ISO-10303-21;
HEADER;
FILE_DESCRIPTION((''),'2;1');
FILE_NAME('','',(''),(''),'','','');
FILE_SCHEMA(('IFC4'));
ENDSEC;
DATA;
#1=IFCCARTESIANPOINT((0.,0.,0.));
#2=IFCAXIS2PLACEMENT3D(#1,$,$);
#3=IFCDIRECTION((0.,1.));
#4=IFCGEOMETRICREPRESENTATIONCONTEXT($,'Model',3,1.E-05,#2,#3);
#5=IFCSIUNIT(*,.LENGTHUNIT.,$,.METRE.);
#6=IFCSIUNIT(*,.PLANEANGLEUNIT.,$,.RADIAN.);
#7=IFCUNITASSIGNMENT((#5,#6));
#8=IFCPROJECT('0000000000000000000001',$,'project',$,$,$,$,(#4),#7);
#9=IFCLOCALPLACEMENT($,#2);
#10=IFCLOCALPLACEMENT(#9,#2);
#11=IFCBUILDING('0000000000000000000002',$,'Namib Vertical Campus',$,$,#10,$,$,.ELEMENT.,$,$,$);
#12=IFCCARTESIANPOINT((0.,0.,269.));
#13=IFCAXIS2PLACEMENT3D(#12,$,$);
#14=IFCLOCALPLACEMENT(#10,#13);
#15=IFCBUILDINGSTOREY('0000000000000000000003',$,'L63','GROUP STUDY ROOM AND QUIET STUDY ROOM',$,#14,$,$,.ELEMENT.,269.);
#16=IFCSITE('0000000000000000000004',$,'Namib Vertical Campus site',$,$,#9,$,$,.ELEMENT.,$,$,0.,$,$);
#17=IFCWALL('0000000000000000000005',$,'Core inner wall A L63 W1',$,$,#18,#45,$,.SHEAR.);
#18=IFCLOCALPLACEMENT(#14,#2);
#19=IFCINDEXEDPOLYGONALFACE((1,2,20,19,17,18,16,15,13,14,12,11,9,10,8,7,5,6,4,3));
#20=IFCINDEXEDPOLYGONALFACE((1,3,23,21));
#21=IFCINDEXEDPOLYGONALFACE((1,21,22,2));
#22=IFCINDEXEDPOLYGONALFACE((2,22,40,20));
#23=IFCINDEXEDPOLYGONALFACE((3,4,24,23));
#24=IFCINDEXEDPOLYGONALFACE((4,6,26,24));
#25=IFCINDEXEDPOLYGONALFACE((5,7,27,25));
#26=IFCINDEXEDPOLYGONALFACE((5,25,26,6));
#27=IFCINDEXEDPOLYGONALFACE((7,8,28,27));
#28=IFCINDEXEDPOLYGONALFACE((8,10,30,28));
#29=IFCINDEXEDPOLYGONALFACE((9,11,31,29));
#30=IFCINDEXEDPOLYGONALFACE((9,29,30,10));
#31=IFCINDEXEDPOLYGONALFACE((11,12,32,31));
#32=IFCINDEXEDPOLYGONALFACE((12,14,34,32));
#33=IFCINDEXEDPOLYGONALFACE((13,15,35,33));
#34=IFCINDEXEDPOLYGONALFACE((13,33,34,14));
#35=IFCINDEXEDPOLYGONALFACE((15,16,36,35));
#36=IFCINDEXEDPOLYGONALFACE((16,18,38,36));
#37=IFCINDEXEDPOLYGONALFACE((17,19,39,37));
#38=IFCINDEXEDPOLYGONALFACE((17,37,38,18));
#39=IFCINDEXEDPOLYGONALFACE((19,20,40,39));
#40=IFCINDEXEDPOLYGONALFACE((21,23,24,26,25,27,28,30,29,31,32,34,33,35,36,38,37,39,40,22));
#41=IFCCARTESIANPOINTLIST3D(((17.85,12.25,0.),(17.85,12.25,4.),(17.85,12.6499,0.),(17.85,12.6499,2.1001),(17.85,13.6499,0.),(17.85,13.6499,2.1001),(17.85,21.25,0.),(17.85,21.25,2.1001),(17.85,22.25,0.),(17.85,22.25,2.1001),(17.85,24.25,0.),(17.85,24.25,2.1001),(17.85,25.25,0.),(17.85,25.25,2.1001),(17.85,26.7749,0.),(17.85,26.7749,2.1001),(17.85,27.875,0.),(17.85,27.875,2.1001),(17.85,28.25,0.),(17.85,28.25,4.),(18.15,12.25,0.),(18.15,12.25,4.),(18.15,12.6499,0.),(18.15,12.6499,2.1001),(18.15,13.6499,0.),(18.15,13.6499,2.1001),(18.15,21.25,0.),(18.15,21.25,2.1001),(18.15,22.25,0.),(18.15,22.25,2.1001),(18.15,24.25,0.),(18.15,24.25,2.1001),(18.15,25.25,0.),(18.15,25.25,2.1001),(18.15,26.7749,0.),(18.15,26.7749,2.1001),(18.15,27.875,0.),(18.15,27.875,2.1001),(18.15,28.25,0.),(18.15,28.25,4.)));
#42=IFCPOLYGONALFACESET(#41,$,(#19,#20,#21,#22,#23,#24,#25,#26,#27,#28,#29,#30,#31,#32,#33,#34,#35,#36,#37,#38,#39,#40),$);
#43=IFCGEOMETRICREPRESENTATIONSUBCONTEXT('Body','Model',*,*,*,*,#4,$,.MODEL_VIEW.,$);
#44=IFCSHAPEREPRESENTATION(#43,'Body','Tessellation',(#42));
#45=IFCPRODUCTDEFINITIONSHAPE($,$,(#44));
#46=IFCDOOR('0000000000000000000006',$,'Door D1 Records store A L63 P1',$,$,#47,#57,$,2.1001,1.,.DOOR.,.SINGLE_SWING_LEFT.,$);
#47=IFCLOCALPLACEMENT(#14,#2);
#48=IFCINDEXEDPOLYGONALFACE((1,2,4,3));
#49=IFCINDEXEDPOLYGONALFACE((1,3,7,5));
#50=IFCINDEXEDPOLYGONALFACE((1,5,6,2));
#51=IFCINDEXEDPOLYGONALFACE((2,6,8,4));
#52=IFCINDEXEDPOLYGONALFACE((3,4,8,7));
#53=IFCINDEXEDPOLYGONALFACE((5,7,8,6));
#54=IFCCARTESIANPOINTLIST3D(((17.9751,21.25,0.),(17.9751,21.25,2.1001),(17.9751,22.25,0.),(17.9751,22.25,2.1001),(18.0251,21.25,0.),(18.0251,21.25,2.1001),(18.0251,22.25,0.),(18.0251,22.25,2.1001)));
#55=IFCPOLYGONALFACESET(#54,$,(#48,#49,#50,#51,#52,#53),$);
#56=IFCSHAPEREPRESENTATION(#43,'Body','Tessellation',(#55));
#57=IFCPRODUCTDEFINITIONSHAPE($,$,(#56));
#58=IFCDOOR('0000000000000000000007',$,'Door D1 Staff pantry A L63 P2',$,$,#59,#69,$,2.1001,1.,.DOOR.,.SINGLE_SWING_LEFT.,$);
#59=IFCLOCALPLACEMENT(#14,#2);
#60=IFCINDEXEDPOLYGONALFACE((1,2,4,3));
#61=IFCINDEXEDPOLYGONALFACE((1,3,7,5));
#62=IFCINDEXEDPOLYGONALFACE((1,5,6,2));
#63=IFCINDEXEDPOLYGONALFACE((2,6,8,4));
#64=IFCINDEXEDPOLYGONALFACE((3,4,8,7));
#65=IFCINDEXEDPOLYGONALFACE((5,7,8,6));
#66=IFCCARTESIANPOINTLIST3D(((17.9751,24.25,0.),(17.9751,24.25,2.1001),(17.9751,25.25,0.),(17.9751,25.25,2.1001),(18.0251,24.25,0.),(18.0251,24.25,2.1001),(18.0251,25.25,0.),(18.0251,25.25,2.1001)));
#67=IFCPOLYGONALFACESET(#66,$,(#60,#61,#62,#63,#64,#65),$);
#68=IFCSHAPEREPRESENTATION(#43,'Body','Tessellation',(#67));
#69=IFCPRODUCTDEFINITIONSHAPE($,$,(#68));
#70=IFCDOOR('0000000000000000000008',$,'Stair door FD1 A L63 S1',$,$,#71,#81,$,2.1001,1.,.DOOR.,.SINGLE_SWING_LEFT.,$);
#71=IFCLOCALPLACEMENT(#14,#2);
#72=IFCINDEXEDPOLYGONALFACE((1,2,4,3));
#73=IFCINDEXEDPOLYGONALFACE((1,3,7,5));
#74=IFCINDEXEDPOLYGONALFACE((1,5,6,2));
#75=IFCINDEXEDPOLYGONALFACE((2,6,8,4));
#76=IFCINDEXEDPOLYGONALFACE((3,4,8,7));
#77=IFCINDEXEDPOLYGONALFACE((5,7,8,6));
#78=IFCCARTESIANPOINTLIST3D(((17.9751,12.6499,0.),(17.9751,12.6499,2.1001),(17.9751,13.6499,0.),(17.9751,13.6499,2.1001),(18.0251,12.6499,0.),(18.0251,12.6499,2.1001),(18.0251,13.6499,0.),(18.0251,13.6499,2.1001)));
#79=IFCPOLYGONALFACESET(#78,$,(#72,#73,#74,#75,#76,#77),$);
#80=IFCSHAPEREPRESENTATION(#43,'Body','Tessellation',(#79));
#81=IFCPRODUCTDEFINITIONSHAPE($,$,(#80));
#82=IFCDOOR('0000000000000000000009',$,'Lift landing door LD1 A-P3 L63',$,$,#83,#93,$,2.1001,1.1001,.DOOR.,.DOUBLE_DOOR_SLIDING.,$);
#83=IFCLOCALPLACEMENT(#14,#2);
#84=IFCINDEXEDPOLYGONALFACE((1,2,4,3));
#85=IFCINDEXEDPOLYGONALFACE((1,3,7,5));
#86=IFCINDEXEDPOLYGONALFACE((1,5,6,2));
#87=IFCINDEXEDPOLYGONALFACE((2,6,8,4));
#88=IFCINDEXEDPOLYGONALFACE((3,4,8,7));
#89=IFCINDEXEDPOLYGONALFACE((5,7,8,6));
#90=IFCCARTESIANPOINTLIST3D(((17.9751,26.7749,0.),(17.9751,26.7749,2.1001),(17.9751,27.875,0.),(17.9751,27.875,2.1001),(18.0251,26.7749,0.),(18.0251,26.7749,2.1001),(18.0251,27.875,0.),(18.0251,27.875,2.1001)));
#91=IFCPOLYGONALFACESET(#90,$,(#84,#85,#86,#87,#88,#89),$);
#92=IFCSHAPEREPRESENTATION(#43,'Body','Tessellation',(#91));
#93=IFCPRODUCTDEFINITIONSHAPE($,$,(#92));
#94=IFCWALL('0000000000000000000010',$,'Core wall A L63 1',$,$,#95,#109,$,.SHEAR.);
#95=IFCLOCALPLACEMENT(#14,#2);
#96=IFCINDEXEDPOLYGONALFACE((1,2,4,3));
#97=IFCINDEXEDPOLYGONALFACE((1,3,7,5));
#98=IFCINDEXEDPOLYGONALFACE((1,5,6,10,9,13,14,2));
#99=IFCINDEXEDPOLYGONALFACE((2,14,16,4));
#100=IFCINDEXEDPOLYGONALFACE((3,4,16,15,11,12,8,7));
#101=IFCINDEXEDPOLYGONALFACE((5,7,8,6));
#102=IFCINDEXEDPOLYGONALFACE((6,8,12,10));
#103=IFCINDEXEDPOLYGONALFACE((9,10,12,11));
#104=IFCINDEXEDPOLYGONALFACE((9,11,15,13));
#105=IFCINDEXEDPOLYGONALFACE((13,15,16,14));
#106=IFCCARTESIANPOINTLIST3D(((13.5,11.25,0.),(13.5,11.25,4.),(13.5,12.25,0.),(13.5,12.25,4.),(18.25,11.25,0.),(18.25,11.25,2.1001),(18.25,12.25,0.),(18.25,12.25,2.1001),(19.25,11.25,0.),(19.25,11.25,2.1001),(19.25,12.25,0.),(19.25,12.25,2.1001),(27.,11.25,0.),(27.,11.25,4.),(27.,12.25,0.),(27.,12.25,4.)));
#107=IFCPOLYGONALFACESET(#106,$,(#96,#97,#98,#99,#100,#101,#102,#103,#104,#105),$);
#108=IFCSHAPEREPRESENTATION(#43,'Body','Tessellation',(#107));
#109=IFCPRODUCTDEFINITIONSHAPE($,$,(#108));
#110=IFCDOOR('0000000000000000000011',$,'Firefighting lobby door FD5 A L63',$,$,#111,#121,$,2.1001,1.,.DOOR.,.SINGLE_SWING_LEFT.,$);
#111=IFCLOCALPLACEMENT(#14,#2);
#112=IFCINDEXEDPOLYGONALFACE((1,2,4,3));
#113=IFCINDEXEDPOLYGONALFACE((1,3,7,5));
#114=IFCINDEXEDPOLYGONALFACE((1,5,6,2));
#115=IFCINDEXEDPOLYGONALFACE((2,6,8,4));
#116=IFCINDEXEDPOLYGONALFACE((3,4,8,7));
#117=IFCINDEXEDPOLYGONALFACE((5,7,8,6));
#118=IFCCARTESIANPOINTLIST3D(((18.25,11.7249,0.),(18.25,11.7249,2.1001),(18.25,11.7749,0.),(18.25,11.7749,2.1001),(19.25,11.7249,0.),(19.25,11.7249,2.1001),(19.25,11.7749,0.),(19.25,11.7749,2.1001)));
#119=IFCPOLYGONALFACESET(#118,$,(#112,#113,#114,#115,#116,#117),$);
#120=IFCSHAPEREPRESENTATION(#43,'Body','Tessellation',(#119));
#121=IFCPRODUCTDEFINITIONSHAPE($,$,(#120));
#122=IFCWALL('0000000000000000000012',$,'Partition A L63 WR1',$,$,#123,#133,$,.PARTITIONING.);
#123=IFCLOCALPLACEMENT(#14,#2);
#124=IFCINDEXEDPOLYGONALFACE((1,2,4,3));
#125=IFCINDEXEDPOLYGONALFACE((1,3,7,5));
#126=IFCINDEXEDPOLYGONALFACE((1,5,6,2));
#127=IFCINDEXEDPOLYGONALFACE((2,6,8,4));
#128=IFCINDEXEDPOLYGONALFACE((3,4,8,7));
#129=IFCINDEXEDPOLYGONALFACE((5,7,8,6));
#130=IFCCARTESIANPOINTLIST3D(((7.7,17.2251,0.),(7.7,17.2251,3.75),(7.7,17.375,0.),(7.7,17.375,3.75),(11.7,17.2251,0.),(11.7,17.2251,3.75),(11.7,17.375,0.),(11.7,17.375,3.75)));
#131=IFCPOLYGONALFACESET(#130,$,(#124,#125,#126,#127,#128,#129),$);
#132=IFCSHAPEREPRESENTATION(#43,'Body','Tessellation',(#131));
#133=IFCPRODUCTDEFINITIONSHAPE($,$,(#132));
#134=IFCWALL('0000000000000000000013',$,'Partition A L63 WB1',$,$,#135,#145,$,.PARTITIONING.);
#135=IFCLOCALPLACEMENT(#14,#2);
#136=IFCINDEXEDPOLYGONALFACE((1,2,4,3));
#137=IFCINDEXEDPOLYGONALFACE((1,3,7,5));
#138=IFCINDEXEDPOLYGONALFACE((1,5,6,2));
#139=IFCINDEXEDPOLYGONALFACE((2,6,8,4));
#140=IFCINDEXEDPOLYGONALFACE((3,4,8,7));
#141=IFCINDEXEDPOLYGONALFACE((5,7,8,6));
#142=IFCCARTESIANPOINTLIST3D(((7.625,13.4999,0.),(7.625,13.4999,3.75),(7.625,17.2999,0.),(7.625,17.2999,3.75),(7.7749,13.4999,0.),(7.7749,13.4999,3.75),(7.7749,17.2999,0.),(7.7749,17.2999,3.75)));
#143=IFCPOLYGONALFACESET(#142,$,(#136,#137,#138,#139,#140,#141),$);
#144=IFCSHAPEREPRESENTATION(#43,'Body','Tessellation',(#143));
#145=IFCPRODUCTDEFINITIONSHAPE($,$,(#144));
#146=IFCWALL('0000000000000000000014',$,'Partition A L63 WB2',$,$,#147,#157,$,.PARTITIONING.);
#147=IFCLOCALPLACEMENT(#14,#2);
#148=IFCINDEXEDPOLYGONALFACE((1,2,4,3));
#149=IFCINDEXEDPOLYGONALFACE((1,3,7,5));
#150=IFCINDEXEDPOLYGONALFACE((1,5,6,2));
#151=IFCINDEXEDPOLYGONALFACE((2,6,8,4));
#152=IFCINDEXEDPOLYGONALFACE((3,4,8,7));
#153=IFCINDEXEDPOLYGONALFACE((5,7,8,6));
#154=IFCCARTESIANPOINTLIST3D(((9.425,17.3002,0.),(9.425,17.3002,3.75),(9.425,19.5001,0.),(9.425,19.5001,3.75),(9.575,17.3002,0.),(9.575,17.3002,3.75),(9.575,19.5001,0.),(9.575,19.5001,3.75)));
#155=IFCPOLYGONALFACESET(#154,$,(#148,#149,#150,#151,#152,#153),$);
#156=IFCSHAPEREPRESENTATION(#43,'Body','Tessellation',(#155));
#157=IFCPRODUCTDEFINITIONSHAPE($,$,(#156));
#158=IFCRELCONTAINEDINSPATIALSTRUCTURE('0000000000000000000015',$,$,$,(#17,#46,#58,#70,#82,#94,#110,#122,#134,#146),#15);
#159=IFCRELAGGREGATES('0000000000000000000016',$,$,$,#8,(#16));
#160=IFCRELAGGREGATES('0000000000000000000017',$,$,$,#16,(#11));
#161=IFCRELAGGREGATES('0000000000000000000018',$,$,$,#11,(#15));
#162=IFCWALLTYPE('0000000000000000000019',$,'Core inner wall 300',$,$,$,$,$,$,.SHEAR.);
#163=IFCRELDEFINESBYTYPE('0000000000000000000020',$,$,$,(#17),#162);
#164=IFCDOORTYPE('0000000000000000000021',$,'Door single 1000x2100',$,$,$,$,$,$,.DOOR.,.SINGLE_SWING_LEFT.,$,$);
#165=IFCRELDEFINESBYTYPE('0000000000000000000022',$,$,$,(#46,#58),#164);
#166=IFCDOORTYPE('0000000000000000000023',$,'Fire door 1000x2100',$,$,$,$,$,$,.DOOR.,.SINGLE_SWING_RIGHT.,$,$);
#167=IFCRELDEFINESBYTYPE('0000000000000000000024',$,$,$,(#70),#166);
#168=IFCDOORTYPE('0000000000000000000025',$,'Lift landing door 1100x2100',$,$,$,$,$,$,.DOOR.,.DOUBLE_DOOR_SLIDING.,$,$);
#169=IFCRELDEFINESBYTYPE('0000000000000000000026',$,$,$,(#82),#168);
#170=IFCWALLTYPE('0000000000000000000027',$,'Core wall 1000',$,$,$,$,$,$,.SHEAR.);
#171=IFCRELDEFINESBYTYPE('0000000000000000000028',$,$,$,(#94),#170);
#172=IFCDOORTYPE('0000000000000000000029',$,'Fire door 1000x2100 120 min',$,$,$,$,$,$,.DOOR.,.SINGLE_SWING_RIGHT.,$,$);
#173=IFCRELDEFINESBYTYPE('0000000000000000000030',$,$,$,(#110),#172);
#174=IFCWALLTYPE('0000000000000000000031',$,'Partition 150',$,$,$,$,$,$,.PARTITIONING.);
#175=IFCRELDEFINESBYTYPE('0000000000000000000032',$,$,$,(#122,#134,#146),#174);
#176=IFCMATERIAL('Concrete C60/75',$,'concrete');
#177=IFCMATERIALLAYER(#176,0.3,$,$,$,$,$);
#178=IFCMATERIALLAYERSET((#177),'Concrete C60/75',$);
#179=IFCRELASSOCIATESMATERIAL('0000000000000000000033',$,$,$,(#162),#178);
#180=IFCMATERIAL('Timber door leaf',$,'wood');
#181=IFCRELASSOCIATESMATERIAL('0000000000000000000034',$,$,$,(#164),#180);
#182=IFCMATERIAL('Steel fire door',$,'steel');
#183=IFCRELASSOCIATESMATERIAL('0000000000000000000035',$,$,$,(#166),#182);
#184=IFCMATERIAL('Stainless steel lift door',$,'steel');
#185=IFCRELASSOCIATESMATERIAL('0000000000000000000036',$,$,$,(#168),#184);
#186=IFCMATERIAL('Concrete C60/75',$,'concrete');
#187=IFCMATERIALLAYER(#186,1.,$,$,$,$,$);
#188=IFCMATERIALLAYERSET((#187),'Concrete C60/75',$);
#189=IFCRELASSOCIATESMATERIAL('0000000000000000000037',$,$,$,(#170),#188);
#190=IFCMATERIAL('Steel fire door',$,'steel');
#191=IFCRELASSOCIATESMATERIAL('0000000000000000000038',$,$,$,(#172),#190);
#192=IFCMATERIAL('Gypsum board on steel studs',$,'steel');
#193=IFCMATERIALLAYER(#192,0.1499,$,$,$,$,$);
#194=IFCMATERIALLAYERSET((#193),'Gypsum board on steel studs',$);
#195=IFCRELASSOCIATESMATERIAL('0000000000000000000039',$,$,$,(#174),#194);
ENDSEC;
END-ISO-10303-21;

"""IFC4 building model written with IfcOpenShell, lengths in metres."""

from ifc_helpers import new_model, si_unit, direction, frame, frame_2d, origin, place, context, subcontext, project, spatial, rectangle, extrude, material, layer, layer_set, type_object, element, fill, save


model = new_model("IFC4")

# Units and contexts
model_context = context("Model", 3, precision=1e-05, world=origin(), true_north=direction((0.0, 1.0)))
body_context = subcontext(model_context, "Body", "Model", "MODEL_VIEW")
ifc_project = project(units=[si_unit("LENGTHUNIT", "METRE"), si_unit("PLANEANGLEUNIT", "RADIAN")], contexts=[model_context])

# Site, building, storey
site_placement = place(None, origin())
site = spatial("IfcSite", under=ifc_project, at=site_placement, Name="Namib Vertical Campus site", CompositionType="ELEMENT", RefElevation=0.0)
building_placement = place(site_placement, origin())
building = spatial("IfcBuilding", under=site, at=building_placement, Name="Namib Vertical Campus", CompositionType="ELEMENT")
storey_placement = place(building_placement, frame((0.0, 0.0, 269.0)))
storey = spatial("IfcBuildingStorey", under=building, at=storey_placement, Name="L63", Description="GROUP STUDY ROOM AND QUIET STUDY ROOM", CompositionType="ELEMENT", Elevation=269.0)

# Wall, openings, doors
ifc_material_1 = material(Name="Concrete C60/75", Category="concrete")
ifc_layer_1 = layer(ifc_material_1, 0.3)
ifc_layer_set_1 = layer_set([ifc_layer_1], Name="Concrete C60/75")
wall_type_1 = type_object("IfcWallType", Name="Core inner wall 300", PredefinedType="SHEAR", material=ifc_layer_set_1)
wall_1_placement = place(storey_placement, frame((18.0, 12.25, 0.0), z_axis=(0.0, 0.0, 1.0), x_axis=(0.0, 1.0, 0.0)))
wall_1 = element("IfcWall", 1, at=wall_1_placement, inside=storey, type_object=wall_type_1, Name="Core inner wall A L63 W1", PredefinedType="SHEAR", context=body_context, shape_type="SweptSolid", body=[
    extrude(rectangle(XDim=16.0, YDim=0.3, at=frame_2d((8.0, 0.0))), origin(), (0.0, 0.0, 1.0), 4.0),
])
opening_1_placement = place(wall_1_placement, frame((0.3999, 0.0, 0.0)))
opening_1 = element("IfcOpeningElement", 2, at=opening_1_placement, cuts=wall_1, PredefinedType="OPENING", context=body_context, shape_type="SweptSolid", body=[
    extrude(rectangle(XDim=1.0, YDim=2.1001, at=frame_2d((0.5, 1.05))), frame((0.0, 0.1599, 0.0), z_axis=(0.0, -1.0, 0.0), x_axis=(1.0, 0.0, 0.0)), (0.0, 0.0, 1.0), 0.3201),
])
opening_2_placement = place(wall_1_placement, frame((14.5249, 0.0, 0.0)))
opening_2 = element("IfcOpeningElement", 3, at=opening_2_placement, cuts=wall_1, PredefinedType="OPENING", context=body_context, shape_type="SweptSolid", body=[
    extrude(rectangle(XDim=1.1001, YDim=2.1001, at=frame_2d((0.55, 1.05))), frame((0.0, 0.1599, 0.0), z_axis=(0.0, -1.0, 0.0), x_axis=(1.0, 0.0, 0.0)), (0.0, 0.0, 1.0), 0.3201),
])
opening_3_placement = place(wall_1_placement, frame((9.0, 0.0, 0.0)))
opening_3 = element("IfcOpeningElement", 4, at=opening_3_placement, cuts=wall_1, PredefinedType="OPENING", context=body_context, shape_type="SweptSolid", body=[
    extrude(rectangle(XDim=1.0, YDim=2.1001, at=frame_2d((0.5, 1.05))), frame((0.0, 0.1599, 0.0), z_axis=(0.0, -1.0, 0.0), x_axis=(1.0, 0.0, 0.0)), (0.0, 0.0, 1.0), 0.3201),
])
opening_4_placement = place(wall_1_placement, frame((12.0, 0.0, 0.0)))
opening_4 = element("IfcOpeningElement", 5, at=opening_4_placement, cuts=wall_1, PredefinedType="OPENING", context=body_context, shape_type="SweptSolid", body=[
    extrude(rectangle(XDim=1.0, YDim=2.1001, at=frame_2d((0.5, 1.05))), frame((0.0, 0.1599, 0.0), z_axis=(0.0, -1.0, 0.0), x_axis=(1.0, 0.0, 0.0)), (0.0, 0.0, 1.0), 0.3201),
])
ifc_material_2 = material(Name="Timber door leaf", Category="wood")
door_type_1 = type_object("IfcDoorType", Name="Door single 1000x2100", OperationType="SINGLE_SWING_LEFT", PredefinedType="DOOR", material=ifc_material_2)
door_1_placement = place(opening_3_placement, origin())
door_1 = element("IfcDoor", 6, at=door_1_placement, inside=storey, type_object=door_type_1, Name="Door D1 Records store A L63 P1", OperationType="SINGLE_SWING_LEFT", OverallHeight=2.1001, OverallWidth=1.0, PredefinedType="DOOR", context=body_context, shape_type="SweptSolid", body=[
    extrude(rectangle(XDim=1.0, YDim=2.1001, at=frame_2d((0.5, 1.05))), frame((0.0, 0.0249, 0.0), z_axis=(0.0, -1.0, 0.0), x_axis=(1.0, 0.0, 0.0)), (0.0, 0.0, 1.0), 0.05),
])
fill(opening_3, door_1)
door_2_placement = place(opening_4_placement, origin())
door_2 = element("IfcDoor", 7, at=door_2_placement, inside=storey, type_object=door_type_1, Name="Door D1 Staff pantry A L63 P2", OperationType="SINGLE_SWING_LEFT", OverallHeight=2.1001, OverallWidth=1.0, PredefinedType="DOOR", context=body_context, shape_type="SweptSolid", body=[
    extrude(rectangle(XDim=1.0, YDim=2.1001, at=frame_2d((0.5, 1.05))), frame((0.0, 0.0249, 0.0), z_axis=(0.0, -1.0, 0.0), x_axis=(1.0, 0.0, 0.0)), (0.0, 0.0, 1.0), 0.05),
])
fill(opening_4, door_2)
ifc_material_3 = material(Name="Steel fire door", Category="steel")
door_type_2 = type_object("IfcDoorType", Name="Fire door 1000x2100", OperationType="SINGLE_SWING_RIGHT", PredefinedType="DOOR", material=ifc_material_3)
door_3_placement = place(opening_1_placement, origin())
door_3 = element("IfcDoor", 8, at=door_3_placement, inside=storey, type_object=door_type_2, Name="Stair door FD1 A L63 S1", OperationType="SINGLE_SWING_LEFT", OverallHeight=2.1001, OverallWidth=1.0, PredefinedType="DOOR", context=body_context, shape_type="SweptSolid", body=[
    extrude(rectangle(XDim=1.0, YDim=2.1001, at=frame_2d((0.5, 1.05))), frame((0.0, 0.0249, 0.0), z_axis=(0.0, -1.0, 0.0), x_axis=(1.0, 0.0, 0.0)), (0.0, 0.0, 1.0), 0.05),
])
fill(opening_1, door_3)
ifc_material_4 = material(Name="Stainless steel lift door", Category="steel")
door_type_3 = type_object("IfcDoorType", Name="Lift landing door 1100x2100", OperationType="DOUBLE_DOOR_SLIDING", PredefinedType="DOOR", material=ifc_material_4)
door_4_placement = place(opening_2_placement, origin())
door_4 = element("IfcDoor", 9, at=door_4_placement, inside=storey, type_object=door_type_3, Name="Lift landing door LD1 A-P3 L63", OperationType="DOUBLE_DOOR_SLIDING", OverallHeight=2.1001, OverallWidth=1.1001, PredefinedType="DOOR", context=body_context, shape_type="SweptSolid", body=[
    extrude(rectangle(XDim=1.1001, YDim=2.1001, at=frame_2d((0.55, 1.05))), frame((0.0, 0.0249, 0.0), z_axis=(0.0, -1.0, 0.0), x_axis=(1.0, 0.0, 0.0)), (0.0, 0.0, 1.0), 0.05),
])
fill(opening_2, door_4)

# Wall, opening, door
ifc_material_5 = material(Name="Concrete C60/75", Category="concrete")
ifc_layer_2 = layer(ifc_material_5, 1.0)
ifc_layer_set_2 = layer_set([ifc_layer_2], Name="Concrete C60/75")
wall_type_2 = type_object("IfcWallType", Name="Core wall 1000", PredefinedType="SHEAR", material=ifc_layer_set_2)
wall_2_placement = place(storey_placement, frame((13.5, 11.75, 0.0), z_axis=(0.0, 0.0, 1.0), x_axis=(1.0, 0.0, 0.0)))
wall_2 = element("IfcWall", 10, at=wall_2_placement, inside=storey, type_object=wall_type_2, Name="Core wall A L63 1", PredefinedType="SHEAR", context=body_context, shape_type="SweptSolid", body=[
    extrude(rectangle(XDim=13.5, YDim=1.0, at=frame_2d((6.75, 0.0))), origin(), (0.0, 0.0, 1.0), 4.0),
])
opening_5_placement = place(wall_2_placement, frame((4.75, 0.0, 0.0)))
opening_5 = element("IfcOpeningElement", 11, at=opening_5_placement, cuts=wall_2, PredefinedType="OPENING", context=body_context, shape_type="SweptSolid", body=[
    extrude(rectangle(XDim=1.0, YDim=2.1001, at=frame_2d((0.5, 1.05))), frame((0.0, 0.51, 0.0), z_axis=(0.0, -1.0, 0.0), x_axis=(1.0, 0.0, 0.0)), (0.0, 0.0, 1.0), 1.02),
])
ifc_material_6 = material(Name="Steel fire door", Category="steel")
door_type_4 = type_object("IfcDoorType", Name="Fire door 1000x2100 120 min", OperationType="SINGLE_SWING_RIGHT", PredefinedType="DOOR", material=ifc_material_6)
door_5_placement = place(opening_5_placement, origin())
door_5 = element("IfcDoor", 12, at=door_5_placement, inside=storey, type_object=door_type_4, Name="Firefighting lobby door FD5 A L63", OperationType="SINGLE_SWING_LEFT", OverallHeight=2.1001, OverallWidth=1.0, PredefinedType="DOOR", context=body_context, shape_type="SweptSolid", body=[
    extrude(rectangle(XDim=1.0, YDim=2.1001, at=frame_2d((0.5, 1.05))), frame((0.0, 0.0249, 0.0), z_axis=(0.0, -1.0, 0.0), x_axis=(1.0, 0.0, 0.0)), (0.0, 0.0, 1.0), 0.05),
])
fill(opening_5, door_5)

# Walls
ifc_material_7 = material(Name="Gypsum board on steel studs", Category="steel")
ifc_layer_3 = layer(ifc_material_7, 0.1499)
ifc_layer_set_3 = layer_set([ifc_layer_3], Name="Gypsum board on steel studs")
wall_type_3 = type_object("IfcWallType", Name="Partition 150", PredefinedType="PARTITIONING", material=ifc_layer_set_3)
wall_3_placement = place(storey_placement, frame((11.7, 17.3, 0.0), z_axis=(0.0, 0.0, 1.0), x_axis=(-1.0, 0.0, 0.0)))
element("IfcWall", 13, at=wall_3_placement, inside=storey, type_object=wall_type_3, Name="Partition A L63 WR1", PredefinedType="PARTITIONING", context=body_context, shape_type="SweptSolid", body=[
    extrude(rectangle(XDim=4.0, YDim=0.1499, at=frame_2d((2.0, 0.0))), origin(), (0.0, 0.0, 1.0), 3.75),
])
wall_4_placement = place(storey_placement, frame((7.7, 13.5, 0.0), z_axis=(0.0, 0.0, 1.0), x_axis=(0.0, 1.0, 0.0)))
element("IfcWall", 14, at=wall_4_placement, inside=storey, type_object=wall_type_3, Name="Partition A L63 WB1", PredefinedType="PARTITIONING", context=body_context, shape_type="SweptSolid", body=[
    extrude(rectangle(XDim=3.8, YDim=0.1499, at=frame_2d((1.8999, 0.0))), origin(), (0.0, 0.0, 1.0), 3.75),
])
wall_5_placement = place(storey_placement, frame((9.5, 17.3, 0.0), z_axis=(0.0, 0.0, 1.0), x_axis=(0.0, 1.0, 0.0)))
element("IfcWall", 15, at=wall_5_placement, inside=storey, type_object=wall_type_3, Name="Partition A L63 WB2", PredefinedType="PARTITIONING", context=body_context, shape_type="SweptSolid", body=[
    extrude(rectangle(XDim=2.2, YDim=0.1499, at=frame_2d((1.1001, 0.0))), origin(), (0.0, 0.0, 1.0), 3.75),
])

save(model, "model.ifc")
